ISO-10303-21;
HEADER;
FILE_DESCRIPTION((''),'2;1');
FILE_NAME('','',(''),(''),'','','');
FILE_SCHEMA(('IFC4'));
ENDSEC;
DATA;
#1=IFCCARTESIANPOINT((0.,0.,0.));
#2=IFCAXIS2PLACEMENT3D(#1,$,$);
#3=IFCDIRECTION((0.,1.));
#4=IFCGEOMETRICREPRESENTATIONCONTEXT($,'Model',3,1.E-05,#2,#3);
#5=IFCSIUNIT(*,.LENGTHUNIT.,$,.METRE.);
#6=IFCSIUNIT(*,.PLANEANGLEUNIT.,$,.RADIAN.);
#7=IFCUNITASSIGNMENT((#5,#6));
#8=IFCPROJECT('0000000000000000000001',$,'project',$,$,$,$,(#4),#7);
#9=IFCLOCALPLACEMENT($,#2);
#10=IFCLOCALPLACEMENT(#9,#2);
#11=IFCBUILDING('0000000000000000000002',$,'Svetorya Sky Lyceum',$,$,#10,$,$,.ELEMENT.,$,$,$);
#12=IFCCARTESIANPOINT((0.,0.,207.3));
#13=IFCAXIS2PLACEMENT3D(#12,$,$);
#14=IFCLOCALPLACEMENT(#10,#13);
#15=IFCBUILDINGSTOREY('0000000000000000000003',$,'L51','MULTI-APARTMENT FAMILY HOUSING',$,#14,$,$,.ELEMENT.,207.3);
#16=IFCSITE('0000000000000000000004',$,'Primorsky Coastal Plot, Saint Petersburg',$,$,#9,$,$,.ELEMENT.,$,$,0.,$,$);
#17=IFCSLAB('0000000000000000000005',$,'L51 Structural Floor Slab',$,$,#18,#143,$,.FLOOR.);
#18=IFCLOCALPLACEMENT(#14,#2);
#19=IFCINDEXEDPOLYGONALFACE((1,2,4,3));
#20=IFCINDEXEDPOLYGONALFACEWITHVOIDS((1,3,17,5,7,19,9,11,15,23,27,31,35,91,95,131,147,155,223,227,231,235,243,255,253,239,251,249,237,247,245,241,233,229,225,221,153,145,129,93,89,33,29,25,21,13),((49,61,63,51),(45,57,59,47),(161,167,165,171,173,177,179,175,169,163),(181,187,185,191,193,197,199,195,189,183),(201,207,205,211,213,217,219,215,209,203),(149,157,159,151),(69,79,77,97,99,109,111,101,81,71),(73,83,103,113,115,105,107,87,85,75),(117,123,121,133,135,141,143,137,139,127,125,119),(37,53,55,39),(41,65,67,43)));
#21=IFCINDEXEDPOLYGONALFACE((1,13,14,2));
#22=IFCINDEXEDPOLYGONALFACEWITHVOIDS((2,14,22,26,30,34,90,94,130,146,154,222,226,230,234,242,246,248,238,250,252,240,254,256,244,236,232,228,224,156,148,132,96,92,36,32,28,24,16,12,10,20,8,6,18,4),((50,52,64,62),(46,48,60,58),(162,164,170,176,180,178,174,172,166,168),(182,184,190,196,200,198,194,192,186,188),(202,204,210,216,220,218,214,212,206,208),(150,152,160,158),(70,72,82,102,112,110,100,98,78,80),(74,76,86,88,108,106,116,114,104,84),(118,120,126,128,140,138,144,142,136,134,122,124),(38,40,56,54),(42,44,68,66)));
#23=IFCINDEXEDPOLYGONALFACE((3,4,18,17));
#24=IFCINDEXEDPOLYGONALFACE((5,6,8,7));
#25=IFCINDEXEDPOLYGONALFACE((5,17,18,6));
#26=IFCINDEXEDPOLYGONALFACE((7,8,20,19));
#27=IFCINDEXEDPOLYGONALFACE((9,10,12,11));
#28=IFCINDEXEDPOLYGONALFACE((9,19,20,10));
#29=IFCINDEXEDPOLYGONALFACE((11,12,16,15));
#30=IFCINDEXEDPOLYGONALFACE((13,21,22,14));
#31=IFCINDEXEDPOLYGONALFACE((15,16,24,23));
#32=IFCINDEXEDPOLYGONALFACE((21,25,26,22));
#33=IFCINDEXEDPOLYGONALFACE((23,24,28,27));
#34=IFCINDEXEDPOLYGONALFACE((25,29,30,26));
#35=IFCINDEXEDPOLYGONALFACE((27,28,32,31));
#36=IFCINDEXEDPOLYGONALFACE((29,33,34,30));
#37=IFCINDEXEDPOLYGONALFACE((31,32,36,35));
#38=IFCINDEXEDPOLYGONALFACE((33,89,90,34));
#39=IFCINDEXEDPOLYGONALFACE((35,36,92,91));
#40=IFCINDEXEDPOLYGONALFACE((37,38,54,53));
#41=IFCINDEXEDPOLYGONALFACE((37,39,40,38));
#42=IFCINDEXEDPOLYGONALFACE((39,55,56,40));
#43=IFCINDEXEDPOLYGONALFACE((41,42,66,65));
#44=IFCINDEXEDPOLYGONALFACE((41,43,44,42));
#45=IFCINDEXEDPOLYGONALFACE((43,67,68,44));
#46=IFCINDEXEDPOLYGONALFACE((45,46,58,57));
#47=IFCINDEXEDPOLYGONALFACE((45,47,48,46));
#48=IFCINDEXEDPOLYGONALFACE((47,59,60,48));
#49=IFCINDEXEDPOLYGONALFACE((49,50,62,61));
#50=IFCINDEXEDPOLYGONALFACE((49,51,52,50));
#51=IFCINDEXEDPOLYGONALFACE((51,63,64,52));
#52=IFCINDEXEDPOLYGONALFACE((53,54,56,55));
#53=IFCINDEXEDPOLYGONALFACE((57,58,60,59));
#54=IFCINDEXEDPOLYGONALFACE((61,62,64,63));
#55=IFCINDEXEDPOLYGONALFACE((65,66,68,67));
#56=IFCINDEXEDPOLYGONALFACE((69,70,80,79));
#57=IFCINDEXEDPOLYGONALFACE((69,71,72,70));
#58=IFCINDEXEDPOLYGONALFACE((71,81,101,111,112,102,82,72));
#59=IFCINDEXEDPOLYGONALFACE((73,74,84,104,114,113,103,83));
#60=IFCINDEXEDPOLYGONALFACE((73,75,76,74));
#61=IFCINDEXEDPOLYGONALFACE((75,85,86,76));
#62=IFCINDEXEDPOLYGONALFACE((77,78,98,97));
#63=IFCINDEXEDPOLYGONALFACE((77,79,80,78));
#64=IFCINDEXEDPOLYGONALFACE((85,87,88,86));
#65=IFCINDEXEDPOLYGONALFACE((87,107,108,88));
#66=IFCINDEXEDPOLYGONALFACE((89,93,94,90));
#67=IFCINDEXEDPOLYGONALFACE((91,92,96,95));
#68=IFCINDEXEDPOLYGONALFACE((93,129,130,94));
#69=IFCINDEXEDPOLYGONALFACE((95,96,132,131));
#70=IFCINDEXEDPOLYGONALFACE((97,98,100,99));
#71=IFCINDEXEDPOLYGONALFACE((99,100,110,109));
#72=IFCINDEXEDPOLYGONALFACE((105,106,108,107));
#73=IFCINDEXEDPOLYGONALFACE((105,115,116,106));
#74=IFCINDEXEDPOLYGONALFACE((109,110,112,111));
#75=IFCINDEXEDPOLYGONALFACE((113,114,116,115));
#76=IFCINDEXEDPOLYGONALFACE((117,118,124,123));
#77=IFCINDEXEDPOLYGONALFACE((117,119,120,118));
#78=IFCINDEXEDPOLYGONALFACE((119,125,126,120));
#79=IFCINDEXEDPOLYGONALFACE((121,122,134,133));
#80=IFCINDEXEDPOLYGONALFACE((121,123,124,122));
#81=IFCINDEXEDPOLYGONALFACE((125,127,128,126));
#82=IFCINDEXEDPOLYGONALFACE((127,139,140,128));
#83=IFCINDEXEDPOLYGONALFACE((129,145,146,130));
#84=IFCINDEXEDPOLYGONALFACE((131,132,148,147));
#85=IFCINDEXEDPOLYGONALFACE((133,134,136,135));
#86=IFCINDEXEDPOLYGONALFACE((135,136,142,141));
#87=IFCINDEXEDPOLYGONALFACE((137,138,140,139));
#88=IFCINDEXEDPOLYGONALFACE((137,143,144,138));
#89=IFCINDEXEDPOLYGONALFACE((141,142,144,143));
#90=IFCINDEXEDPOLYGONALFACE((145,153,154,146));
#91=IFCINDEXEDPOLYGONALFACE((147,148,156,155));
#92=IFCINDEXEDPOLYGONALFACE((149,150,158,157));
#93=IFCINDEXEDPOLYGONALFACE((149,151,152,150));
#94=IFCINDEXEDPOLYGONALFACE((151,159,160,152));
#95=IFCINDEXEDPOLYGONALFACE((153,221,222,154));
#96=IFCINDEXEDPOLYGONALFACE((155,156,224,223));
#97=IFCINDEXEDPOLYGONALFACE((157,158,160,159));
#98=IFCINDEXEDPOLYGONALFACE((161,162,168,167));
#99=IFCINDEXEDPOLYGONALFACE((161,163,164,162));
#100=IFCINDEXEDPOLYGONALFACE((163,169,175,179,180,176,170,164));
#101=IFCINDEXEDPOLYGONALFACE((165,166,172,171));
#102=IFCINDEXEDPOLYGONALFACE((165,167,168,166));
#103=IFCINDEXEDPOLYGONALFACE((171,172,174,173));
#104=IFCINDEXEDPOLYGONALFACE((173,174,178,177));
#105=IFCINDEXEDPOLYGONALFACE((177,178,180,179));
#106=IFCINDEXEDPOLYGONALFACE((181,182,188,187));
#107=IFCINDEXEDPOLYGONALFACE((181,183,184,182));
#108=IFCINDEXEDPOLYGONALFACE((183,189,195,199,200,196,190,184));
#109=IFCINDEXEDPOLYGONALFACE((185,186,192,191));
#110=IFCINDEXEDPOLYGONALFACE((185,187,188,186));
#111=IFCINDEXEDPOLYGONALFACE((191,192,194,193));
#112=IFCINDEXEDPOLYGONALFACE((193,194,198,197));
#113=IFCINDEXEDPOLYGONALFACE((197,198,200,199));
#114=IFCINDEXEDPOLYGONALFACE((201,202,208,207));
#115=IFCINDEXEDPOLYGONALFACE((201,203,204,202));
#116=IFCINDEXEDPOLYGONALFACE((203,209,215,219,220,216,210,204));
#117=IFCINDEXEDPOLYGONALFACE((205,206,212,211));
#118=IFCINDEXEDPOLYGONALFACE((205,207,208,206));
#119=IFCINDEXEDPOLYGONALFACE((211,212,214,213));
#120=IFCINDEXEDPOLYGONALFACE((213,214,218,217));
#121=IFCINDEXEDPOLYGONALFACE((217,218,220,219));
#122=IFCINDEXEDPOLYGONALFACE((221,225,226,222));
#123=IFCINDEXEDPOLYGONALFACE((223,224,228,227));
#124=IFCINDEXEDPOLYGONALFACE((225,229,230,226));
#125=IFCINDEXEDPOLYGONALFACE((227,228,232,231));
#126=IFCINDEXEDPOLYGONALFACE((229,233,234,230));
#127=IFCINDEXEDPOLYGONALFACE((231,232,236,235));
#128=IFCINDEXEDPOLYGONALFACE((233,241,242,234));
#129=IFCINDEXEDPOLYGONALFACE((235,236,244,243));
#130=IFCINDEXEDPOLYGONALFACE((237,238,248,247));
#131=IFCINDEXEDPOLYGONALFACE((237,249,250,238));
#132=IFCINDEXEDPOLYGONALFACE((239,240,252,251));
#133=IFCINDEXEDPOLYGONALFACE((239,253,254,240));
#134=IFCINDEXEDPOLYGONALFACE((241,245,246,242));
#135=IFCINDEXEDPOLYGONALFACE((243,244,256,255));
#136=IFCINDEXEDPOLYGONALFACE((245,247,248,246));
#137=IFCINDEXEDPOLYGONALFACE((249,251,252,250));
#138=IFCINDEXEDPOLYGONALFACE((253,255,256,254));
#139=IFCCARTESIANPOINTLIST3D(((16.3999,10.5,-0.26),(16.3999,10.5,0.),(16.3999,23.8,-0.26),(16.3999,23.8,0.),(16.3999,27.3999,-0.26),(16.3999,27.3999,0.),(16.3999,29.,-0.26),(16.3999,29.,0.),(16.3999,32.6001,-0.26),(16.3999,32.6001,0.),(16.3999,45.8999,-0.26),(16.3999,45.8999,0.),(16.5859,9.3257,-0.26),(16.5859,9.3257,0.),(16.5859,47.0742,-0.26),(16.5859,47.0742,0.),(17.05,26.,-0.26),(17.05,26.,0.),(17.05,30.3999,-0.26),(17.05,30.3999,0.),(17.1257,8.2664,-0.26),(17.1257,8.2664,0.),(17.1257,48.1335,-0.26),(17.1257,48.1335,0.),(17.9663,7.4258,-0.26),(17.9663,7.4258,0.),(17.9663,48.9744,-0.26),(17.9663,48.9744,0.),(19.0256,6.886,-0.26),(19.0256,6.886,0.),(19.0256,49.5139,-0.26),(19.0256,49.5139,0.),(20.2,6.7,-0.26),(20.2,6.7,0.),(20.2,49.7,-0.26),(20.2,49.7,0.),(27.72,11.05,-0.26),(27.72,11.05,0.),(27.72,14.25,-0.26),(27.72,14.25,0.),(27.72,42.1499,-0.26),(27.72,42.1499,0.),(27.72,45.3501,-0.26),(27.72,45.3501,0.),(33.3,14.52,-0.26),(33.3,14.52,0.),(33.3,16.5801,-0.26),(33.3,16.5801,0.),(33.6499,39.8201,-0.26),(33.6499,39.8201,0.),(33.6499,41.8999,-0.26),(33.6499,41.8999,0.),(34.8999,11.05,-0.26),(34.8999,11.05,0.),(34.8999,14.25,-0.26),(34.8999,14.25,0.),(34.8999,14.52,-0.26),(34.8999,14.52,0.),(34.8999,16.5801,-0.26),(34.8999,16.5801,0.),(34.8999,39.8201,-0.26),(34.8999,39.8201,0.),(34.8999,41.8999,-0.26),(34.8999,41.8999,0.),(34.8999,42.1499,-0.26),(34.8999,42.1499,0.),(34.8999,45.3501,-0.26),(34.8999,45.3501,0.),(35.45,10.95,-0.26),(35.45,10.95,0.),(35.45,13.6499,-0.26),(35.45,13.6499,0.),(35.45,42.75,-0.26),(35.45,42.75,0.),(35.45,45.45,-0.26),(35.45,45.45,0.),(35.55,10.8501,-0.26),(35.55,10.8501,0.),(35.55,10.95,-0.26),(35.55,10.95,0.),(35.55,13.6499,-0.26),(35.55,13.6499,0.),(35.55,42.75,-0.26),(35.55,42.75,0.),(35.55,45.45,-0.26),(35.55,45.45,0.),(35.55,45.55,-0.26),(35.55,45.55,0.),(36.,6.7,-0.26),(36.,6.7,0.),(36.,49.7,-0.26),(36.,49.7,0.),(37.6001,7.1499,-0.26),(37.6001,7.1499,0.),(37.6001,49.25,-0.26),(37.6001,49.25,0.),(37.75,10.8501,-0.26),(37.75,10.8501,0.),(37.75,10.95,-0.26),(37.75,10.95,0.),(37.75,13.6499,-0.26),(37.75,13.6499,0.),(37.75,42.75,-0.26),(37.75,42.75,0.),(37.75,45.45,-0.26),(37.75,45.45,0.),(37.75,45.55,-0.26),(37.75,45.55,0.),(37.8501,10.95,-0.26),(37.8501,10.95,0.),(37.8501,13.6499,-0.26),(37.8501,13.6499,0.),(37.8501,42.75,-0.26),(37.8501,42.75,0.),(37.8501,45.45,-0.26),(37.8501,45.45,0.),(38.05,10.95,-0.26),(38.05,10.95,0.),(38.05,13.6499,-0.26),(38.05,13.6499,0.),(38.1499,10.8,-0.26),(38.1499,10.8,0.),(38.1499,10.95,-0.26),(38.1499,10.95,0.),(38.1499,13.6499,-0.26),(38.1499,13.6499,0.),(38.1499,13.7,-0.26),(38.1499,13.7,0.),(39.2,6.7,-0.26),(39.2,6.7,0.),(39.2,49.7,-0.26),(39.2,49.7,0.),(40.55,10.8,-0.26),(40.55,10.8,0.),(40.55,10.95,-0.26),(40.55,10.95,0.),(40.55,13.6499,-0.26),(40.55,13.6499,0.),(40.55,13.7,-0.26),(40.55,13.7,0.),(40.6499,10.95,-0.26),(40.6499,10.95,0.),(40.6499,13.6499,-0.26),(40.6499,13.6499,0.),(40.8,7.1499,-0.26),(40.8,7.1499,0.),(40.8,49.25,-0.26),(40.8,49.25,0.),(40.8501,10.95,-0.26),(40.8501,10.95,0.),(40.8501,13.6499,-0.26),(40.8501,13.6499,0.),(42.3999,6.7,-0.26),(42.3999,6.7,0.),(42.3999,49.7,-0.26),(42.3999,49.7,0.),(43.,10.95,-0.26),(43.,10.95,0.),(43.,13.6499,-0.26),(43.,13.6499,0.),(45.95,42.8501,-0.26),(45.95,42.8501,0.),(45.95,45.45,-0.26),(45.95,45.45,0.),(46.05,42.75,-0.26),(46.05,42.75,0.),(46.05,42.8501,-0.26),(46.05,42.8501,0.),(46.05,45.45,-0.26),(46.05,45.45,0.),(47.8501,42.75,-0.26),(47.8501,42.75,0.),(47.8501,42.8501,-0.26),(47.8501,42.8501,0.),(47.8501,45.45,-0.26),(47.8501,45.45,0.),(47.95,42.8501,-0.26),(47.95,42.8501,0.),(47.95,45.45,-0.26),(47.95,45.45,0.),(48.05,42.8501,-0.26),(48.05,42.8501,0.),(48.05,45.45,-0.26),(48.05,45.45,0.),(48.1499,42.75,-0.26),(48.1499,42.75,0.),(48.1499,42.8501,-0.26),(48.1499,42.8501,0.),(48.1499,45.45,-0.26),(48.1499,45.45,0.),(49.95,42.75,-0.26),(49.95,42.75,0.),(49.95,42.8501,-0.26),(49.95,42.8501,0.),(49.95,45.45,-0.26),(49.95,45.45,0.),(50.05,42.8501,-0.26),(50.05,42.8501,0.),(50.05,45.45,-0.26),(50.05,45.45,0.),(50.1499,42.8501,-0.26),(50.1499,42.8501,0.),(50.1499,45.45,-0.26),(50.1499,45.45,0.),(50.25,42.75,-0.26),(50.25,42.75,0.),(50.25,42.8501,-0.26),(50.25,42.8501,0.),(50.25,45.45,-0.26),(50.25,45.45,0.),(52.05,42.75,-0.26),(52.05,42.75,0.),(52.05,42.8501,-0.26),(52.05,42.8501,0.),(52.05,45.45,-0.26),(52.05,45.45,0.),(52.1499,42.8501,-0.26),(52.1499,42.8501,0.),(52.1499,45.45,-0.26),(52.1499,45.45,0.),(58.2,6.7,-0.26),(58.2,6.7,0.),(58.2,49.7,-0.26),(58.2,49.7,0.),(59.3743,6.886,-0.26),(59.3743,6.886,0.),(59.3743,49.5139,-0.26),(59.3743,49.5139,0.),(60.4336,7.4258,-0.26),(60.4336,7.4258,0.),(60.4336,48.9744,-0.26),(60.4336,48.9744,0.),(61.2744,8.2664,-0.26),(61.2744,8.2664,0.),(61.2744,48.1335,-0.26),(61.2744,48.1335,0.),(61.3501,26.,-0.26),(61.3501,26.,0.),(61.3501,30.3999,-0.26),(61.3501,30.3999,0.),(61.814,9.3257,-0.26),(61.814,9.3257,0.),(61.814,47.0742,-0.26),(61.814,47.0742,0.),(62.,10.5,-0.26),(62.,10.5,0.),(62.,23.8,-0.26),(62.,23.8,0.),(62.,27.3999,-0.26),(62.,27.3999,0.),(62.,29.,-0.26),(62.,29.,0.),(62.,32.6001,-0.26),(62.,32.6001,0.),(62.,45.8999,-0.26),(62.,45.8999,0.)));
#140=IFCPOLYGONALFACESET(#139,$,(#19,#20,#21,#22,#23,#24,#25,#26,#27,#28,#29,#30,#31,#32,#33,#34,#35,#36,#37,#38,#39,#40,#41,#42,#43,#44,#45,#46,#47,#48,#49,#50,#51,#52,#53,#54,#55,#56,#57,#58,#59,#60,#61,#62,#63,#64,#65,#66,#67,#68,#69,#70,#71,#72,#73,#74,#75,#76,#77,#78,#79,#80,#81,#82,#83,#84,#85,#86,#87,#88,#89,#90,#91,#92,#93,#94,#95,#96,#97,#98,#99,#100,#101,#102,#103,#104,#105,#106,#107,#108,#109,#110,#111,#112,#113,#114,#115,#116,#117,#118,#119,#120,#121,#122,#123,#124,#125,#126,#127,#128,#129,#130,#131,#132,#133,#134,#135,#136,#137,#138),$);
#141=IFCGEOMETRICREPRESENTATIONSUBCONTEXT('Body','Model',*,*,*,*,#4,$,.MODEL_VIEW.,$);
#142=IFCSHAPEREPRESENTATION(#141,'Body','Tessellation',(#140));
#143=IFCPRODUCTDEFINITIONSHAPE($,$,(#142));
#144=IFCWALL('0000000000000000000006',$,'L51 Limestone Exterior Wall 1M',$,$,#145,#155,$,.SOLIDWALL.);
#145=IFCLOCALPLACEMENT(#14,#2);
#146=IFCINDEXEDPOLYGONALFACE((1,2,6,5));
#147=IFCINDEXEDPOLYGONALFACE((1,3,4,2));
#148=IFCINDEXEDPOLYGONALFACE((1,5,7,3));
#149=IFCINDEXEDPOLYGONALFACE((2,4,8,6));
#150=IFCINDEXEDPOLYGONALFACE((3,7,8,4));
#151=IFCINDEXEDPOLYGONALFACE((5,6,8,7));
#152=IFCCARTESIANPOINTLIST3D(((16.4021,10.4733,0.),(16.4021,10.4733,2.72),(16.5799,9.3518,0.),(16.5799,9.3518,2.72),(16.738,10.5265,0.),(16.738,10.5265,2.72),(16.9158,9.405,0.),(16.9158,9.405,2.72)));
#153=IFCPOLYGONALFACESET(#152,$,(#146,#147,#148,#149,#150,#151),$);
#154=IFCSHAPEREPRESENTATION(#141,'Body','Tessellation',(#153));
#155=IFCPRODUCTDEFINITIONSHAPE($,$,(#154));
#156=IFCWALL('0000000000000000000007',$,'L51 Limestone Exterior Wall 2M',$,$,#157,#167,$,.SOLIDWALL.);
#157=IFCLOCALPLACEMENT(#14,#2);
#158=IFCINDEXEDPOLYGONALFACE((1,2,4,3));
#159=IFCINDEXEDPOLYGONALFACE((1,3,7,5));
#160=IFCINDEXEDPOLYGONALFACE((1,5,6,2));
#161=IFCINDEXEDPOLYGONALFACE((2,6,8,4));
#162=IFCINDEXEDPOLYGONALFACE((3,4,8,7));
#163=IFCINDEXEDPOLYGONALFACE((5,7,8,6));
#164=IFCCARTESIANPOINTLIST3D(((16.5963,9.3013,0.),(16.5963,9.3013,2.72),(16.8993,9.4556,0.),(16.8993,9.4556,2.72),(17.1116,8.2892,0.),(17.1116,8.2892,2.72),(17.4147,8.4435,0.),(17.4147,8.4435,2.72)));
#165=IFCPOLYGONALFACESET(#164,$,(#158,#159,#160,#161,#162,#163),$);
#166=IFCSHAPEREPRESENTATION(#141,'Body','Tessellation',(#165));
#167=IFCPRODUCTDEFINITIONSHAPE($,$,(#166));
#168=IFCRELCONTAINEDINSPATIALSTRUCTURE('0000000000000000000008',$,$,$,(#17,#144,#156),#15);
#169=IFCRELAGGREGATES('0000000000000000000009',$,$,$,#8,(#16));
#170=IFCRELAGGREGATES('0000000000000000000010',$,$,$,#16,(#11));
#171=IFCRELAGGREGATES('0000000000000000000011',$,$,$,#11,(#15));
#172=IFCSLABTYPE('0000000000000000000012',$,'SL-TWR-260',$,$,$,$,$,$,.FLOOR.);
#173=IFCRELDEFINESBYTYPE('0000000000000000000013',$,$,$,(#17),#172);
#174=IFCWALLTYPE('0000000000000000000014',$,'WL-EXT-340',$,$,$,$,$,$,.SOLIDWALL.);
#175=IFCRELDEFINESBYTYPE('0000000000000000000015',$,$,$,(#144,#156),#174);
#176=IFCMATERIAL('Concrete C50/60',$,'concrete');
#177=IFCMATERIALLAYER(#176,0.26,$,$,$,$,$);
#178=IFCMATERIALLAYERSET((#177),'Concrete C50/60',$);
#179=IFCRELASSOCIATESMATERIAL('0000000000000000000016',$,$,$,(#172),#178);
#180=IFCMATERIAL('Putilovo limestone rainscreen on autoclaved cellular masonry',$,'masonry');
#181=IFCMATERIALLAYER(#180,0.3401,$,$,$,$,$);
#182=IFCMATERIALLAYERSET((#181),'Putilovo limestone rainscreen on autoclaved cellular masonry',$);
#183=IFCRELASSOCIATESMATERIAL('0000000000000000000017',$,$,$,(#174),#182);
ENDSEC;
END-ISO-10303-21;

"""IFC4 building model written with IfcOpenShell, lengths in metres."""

from ifc_helpers import new_model, si_unit, direction, frame, frame_2d, origin, place, context, subcontext, project, spatial, polyline, rectangle, outline, extrude, material, layer, layer_set, type_object, element, save


model = new_model("IFC4")

# Units and contexts
model_context = context("Model", 3, precision=1e-05, world=origin(), true_north=direction((0.0, 1.0)))
body_context = subcontext(model_context, "Body", "Model", "MODEL_VIEW")
ifc_project = project(units=[si_unit("LENGTHUNIT", "METRE"), si_unit("PLANEANGLEUNIT", "RADIAN")], contexts=[model_context])

# Site, building, storey
site_placement = place(None, origin())
site = spatial("IfcSite", under=ifc_project, at=site_placement, Name="Primorsky Coastal Plot, Saint Petersburg", CompositionType="ELEMENT", RefElevation=0.0)
building_placement = place(site_placement, origin())
building = spatial("IfcBuilding", under=site, at=building_placement, Name="Svetorya Sky Lyceum", CompositionType="ELEMENT")
storey_placement = place(building_placement, frame((0.0, 0.0, 207.3)))
storey = spatial("IfcBuildingStorey", under=building, at=storey_placement, Name="L51", Description="MULTI-APARTMENT FAMILY HOUSING", CompositionType="ELEMENT", Elevation=207.3)

# Shared definitions
ifc_material_1 = material(Name="Concrete C50/60", Category="concrete")

# Slab
ifc_layer_1 = layer(ifc_material_1, 0.26)
ifc_layer_set_1 = layer_set([ifc_layer_1], Name="Concrete C50/60")
slab_type_1 = type_object("IfcSlabType", Name="SL-TWR-260", PredefinedType="FLOOR", material=ifc_layer_set_1)
slab_1_placement = place(storey_placement, frame((0.0, 0.0, -0.26)))
element("IfcSlab", 1, at=slab_1_placement, inside=storey, type_object=slab_type_1, Name="L51 Structural Floor Slab", PredefinedType="FLOOR", context=body_context, shape_type="SweptSolid", body=[
    extrude(outline(polyline([(16.3999, 10.5), (16.5859, 9.3257), (17.1257, 8.2664), (17.9663, 7.4258), (19.0256, 6.886), (20.2, 6.7), (36.0, 6.7), (37.6001, 7.1499), (39.2, 6.7), (40.8, 7.1499), (42.3999, 6.7), (58.2, 6.7), (59.3743, 6.886), (60.4336, 7.4258), (61.2744, 8.2664), (61.814, 9.3257), (62.0, 10.5), (62.0, 23.8), (61.3501, 26.0), (62.0, 27.3999), (62.0, 29.0), (61.3501, 30.3999), (62.0, 32.6001), (62.0, 45.8999), (61.814, 47.0742), (61.2744, 48.1335), (60.4336, 48.9744), (59.3743, 49.5139), (58.2, 49.7), (42.3999, 49.7), (40.8, 49.25), (39.2, 49.7), (37.6001, 49.25), (36.0, 49.7), (20.2, 49.7), (19.0256, 49.5139), (17.9663, 48.9744), (17.1257, 48.1335), (16.5859, 47.0742), (16.3999, 45.8999), (16.3999, 32.6001), (17.05, 30.3999), (16.3999, 29.0), (16.3999, 27.3999), (17.05, 26.0), (16.3999, 23.8), (16.3999, 10.5)]), holes=[polyline([(37.8501, 10.95), (37.75, 10.95), (37.75, 10.8501), (35.55, 10.8501), (35.55, 10.95), (35.45, 10.95), (35.45, 13.6499), (35.55, 13.6499), (37.75, 13.6499), (37.8501, 13.6499), (37.8501, 10.95)]), polyline([(38.1499, 10.8), (38.1499, 10.95), (38.05, 10.95), (38.05, 13.6499), (38.1499, 13.6499), (38.1499, 13.7), (40.55, 13.7), (40.55, 13.6499), (40.6499, 13.6499), (40.6499, 10.95), (40.55, 10.95), (40.55, 10.8), (38.1499, 10.8)]), polyline([(27.72, 11.05), (27.72, 14.25), (34.8999, 14.25), (34.8999, 11.05), (27.72, 11.05)]), polyline([(33.3, 14.52), (33.3, 16.5801), (34.8999, 16.5801), (34.8999, 14.52), (33.3, 14.52)]), polyline([(33.6499, 39.8201), (33.6499, 41.8999), (34.8999, 41.8999), (34.8999, 39.8201), (33.6499, 39.8201)]), polyline([(27.72, 42.1499), (27.72, 45.3501), (34.8999, 45.3501), (34.8999, 42.1499), (27.72, 42.1499)]), polyline([(37.75, 42.75), (35.55, 42.75), (35.45, 42.75), (35.45, 45.45), (35.55, 45.45), (35.55, 45.55), (37.75, 45.55), (37.75, 45.45), (37.8501, 45.45), (37.8501, 42.75), (37.75, 42.75)]), polyline([(40.8501, 10.95), (40.8501, 13.6499), (43.0, 13.6499), (43.0, 10.95), (40.8501, 10.95)]), polyline([(46.05, 42.75), (46.05, 42.8501), (45.95, 42.8501), (45.95, 45.45), (46.05, 45.45), (47.8501, 45.45), (47.95, 45.45), (47.95, 42.8501), (47.8501, 42.8501), (47.8501, 42.75), (46.05, 42.75)]), polyline([(50.05, 42.8501), (49.95, 42.8501), (49.95, 42.75), (48.1499, 42.75), (48.1499, 42.8501), (48.05, 42.8501), (48.05, 45.45), (48.1499, 45.45), (49.95, 45.45), (50.05, 45.45), (50.05, 42.8501)]), polyline([(52.1499, 42.8501), (52.05, 42.8501), (52.05, 42.75), (50.25, 42.75), (50.25, 42.8501), (50.1499, 42.8501), (50.1499, 45.45), (50.25, 45.45), (52.05, 45.45), (52.1499, 45.45), (52.1499, 42.8501)])]), origin(), (0.0, 0.0, 1.0), 0.26),
])

# Walls
ifc_material_2 = material(Name="Putilovo limestone rainscreen on autoclaved cellular masonry", Category="masonry")
ifc_layer_2 = layer(ifc_material_2, 0.3401)
ifc_layer_set_2 = layer_set([ifc_layer_2], Name="Putilovo limestone rainscreen on autoclaved cellular masonry")
wall_type_1 = type_object("IfcWallType", Name="WL-EXT-340", PredefinedType="SOLIDWALL", material=ifc_layer_set_2)
wall_1_placement = place(storey_placement, frame((16.5701, 10.5, 0.0), z_axis=(0.0, 0.0, 1.0), x_axis=(0.156515, -0.987676, 0.0)))
element("IfcWall", 2, at=wall_1_placement, inside=storey, type_object=wall_type_1, Name="L51 Limestone Exterior Wall 1M", PredefinedType="SOLIDWALL", context=body_context, shape_type="SweptSolid", body=[
    extrude(rectangle(XDim=1.1355, YDim=0.3401, at=frame_2d((0.5679, 0.0))), origin(), (0.0, 0.0, 1.0), 2.72),
])
wall_2_placement = place(storey_placement, frame((16.7478, 9.3784, 0.0), z_axis=(0.0, 0.0, 1.0), x_axis=(0.453736, -0.891136, 0.0)))
element("IfcWall", 3, at=wall_2_placement, inside=storey, type_object=wall_type_1, Name="L51 Limestone Exterior Wall 2M", PredefinedType="SOLIDWALL", context=body_context, shape_type="SweptSolid", body=[
    extrude(rectangle(XDim=1.1357, YDim=0.3401, at=frame_2d((0.5679, 0.0))), origin(), (0.0, 0.0, 1.0), 2.72),
])

save(model, "model.ifc")
